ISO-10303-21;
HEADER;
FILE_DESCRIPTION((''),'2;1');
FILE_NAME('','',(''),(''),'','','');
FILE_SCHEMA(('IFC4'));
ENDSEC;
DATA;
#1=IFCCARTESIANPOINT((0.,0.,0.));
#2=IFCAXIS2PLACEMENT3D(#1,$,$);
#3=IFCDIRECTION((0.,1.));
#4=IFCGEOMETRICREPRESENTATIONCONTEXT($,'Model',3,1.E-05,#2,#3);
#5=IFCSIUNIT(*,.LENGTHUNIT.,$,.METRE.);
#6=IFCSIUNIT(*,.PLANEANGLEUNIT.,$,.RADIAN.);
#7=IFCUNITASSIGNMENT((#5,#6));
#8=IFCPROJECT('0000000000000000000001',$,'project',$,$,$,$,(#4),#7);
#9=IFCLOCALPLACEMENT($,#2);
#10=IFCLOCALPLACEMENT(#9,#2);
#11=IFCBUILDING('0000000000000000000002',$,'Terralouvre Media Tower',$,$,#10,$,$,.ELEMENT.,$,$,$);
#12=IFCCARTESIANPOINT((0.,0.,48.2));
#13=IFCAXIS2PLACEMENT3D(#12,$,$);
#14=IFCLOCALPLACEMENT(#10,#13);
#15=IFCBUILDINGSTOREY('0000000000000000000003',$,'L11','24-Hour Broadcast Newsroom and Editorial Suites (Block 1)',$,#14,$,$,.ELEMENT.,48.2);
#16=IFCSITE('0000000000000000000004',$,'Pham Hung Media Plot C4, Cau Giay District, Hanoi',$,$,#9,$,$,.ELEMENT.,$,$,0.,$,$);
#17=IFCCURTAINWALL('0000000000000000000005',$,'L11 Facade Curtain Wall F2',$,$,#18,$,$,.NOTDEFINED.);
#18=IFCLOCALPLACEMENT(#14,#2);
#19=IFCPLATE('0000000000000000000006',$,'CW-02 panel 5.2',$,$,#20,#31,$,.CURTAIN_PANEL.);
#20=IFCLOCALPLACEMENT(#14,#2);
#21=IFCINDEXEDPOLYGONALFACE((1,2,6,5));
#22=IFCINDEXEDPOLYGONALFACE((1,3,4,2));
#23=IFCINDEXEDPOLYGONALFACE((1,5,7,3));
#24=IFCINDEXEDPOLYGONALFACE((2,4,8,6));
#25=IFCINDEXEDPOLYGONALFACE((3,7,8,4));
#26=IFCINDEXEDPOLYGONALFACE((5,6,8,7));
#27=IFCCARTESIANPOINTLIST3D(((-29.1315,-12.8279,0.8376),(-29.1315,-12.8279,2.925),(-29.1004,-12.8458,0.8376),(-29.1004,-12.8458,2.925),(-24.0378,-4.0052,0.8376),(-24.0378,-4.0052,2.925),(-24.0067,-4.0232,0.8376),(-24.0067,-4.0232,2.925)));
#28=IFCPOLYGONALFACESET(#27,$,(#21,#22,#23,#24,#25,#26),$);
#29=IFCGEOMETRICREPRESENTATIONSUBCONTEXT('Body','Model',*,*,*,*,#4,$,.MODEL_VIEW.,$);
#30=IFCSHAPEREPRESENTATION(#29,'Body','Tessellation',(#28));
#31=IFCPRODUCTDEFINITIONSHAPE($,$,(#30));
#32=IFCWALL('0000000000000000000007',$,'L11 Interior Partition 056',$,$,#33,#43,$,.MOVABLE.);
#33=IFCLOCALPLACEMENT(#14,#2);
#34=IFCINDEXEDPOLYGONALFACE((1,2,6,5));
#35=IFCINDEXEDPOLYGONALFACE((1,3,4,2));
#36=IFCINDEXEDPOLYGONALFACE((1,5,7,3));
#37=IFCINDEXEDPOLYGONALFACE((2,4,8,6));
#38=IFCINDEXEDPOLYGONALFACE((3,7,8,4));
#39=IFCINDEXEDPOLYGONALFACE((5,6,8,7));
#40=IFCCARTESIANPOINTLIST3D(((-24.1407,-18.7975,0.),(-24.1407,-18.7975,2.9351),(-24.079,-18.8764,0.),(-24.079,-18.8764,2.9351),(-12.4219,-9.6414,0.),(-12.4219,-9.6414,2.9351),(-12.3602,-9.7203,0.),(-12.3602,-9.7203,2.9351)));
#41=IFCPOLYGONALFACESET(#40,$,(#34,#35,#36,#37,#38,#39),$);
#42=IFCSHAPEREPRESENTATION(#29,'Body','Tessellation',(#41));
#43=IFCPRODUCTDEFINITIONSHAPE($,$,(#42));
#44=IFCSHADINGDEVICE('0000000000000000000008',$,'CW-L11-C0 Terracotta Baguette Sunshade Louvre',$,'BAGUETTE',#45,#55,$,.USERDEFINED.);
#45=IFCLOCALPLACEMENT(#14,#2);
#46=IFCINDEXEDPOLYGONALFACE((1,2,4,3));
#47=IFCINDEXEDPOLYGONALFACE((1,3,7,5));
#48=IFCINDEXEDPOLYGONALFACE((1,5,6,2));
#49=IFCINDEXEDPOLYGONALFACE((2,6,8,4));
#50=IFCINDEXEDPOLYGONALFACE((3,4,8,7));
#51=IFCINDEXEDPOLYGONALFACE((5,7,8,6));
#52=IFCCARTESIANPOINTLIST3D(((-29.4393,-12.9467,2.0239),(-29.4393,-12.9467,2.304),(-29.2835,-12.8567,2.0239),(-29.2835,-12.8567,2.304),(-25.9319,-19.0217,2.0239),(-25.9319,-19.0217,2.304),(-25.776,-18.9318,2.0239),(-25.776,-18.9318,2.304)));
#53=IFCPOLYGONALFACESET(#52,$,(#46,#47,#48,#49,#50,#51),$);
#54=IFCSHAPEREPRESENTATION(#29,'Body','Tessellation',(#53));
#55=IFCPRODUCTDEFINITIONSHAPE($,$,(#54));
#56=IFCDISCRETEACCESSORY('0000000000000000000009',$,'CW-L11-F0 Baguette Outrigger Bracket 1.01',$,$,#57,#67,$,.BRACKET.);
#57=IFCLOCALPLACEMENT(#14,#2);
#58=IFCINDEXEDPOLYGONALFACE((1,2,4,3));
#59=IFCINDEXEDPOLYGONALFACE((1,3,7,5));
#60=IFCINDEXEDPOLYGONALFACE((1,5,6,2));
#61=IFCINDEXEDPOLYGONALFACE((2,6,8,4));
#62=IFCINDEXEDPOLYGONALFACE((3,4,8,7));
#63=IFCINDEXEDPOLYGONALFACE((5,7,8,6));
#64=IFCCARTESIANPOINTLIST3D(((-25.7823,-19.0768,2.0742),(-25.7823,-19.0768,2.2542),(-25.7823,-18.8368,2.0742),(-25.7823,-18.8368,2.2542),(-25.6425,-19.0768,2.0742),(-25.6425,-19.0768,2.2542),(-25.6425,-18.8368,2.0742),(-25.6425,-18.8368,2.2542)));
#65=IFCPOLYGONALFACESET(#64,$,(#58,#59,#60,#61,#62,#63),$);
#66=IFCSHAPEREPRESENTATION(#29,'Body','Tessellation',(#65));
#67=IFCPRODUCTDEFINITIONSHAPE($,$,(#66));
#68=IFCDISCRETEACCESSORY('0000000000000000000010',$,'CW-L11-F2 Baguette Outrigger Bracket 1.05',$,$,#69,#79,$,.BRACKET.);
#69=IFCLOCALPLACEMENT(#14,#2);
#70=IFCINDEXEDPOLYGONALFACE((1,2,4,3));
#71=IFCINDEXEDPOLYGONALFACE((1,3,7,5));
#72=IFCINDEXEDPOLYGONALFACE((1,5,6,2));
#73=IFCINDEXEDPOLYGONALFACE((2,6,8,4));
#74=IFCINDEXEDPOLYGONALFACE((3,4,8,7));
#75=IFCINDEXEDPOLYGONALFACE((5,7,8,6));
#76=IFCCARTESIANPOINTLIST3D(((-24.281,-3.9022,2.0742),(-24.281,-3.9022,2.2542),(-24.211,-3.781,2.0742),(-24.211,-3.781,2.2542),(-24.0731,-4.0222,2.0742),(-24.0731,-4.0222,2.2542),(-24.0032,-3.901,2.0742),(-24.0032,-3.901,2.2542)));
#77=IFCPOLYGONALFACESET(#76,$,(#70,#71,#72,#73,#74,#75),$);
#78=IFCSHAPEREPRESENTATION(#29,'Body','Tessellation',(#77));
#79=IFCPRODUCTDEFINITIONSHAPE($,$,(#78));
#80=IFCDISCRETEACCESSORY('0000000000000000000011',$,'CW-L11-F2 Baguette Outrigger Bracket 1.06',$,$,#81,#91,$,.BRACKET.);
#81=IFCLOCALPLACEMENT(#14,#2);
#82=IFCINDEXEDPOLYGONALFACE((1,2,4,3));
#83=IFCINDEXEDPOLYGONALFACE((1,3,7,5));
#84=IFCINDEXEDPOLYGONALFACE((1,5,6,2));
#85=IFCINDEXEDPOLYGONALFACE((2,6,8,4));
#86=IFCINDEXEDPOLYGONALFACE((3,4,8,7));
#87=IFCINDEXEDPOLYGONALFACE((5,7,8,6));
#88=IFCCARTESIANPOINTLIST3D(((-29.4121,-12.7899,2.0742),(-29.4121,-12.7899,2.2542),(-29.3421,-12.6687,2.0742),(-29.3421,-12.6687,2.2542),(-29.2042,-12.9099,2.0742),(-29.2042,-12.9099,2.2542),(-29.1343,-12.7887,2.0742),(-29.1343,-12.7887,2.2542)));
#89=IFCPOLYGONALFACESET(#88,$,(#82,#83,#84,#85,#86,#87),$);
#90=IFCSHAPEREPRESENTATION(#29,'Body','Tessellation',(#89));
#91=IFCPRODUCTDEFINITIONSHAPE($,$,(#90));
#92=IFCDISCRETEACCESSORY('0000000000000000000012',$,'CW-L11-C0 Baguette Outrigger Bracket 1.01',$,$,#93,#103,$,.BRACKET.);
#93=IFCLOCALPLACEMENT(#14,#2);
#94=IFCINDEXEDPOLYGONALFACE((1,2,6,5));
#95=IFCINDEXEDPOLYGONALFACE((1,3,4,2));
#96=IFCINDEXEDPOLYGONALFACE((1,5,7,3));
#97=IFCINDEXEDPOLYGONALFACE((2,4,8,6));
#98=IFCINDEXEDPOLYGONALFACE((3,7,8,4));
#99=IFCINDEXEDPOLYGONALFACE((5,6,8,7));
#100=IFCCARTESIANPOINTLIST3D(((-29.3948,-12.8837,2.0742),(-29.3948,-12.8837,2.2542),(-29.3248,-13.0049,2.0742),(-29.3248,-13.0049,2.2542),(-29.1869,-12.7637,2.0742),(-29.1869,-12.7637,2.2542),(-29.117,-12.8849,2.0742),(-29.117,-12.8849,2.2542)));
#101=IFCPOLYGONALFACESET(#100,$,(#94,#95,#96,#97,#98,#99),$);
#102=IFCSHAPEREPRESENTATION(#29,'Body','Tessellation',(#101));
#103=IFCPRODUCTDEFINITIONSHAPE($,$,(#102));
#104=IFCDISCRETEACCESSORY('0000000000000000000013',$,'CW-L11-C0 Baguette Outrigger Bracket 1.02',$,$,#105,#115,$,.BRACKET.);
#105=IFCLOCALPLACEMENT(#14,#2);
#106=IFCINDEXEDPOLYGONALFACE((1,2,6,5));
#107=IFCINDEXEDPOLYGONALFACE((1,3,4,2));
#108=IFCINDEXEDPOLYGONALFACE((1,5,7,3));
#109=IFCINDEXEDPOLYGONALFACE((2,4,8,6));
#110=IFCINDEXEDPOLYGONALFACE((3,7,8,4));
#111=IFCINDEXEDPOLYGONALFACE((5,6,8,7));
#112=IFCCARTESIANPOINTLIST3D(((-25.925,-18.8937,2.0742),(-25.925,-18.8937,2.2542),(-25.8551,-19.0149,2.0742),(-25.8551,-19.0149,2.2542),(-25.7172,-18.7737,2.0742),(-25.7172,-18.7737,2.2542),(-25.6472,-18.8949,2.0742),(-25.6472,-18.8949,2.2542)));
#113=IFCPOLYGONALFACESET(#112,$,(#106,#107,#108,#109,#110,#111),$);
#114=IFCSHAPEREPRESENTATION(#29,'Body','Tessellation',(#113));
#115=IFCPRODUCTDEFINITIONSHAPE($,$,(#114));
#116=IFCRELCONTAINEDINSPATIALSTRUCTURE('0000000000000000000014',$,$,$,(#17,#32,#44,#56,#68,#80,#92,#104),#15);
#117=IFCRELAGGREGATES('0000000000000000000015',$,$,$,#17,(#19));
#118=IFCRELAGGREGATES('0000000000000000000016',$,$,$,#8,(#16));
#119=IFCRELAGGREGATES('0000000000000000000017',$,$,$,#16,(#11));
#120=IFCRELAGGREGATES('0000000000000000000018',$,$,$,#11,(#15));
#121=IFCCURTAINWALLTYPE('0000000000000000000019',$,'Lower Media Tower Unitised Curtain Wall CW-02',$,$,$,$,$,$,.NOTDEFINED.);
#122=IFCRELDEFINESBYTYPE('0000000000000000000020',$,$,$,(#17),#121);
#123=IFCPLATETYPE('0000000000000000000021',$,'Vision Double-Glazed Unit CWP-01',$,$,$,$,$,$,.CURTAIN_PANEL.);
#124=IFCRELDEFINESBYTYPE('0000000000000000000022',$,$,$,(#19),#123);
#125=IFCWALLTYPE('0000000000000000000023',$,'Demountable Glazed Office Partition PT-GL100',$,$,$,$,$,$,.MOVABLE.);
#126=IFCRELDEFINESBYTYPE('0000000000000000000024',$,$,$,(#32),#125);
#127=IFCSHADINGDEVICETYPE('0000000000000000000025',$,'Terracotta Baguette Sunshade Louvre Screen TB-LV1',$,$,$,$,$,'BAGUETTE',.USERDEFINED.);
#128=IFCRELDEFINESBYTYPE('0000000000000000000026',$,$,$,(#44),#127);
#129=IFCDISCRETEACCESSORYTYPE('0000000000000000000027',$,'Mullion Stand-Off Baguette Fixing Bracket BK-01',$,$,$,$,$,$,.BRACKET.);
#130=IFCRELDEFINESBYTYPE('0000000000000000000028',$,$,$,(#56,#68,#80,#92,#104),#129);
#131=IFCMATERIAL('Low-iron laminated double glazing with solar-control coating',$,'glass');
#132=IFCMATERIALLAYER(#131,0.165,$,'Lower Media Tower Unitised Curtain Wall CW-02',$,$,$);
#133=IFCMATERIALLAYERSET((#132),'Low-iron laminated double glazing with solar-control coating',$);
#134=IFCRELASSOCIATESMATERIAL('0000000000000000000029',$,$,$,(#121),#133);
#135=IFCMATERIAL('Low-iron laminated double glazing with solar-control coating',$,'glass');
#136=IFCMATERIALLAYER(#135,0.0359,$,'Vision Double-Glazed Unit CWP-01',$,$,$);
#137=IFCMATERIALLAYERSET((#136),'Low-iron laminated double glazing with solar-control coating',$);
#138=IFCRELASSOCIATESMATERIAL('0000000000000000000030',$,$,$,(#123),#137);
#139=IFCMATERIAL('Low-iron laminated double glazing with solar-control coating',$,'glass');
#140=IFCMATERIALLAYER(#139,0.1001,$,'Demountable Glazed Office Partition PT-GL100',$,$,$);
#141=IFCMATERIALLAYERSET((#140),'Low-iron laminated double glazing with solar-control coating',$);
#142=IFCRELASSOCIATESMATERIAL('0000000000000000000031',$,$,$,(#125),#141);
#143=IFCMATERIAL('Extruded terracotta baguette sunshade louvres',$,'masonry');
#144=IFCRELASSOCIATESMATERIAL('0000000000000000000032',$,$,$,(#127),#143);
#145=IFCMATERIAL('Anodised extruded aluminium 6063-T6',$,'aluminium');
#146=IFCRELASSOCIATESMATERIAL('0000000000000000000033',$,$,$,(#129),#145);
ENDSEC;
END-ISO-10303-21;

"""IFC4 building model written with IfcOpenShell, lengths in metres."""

from ifc_helpers import new_model, si_unit, direction, frame, frame_2d, origin, origin_2d, place, context, subcontext, project, spatial, rectangle, extrude, material, layer, layer_set, type_object, element, aggregate, save


model = new_model("IFC4")

# Units and contexts
model_context = context("Model", 3, precision=1e-05, world=origin(), true_north=direction((0.0, 1.0)))
body_context = subcontext(model_context, "Body", "Model", "MODEL_VIEW")
ifc_project = project(units=[si_unit("LENGTHUNIT", "METRE"), si_unit("PLANEANGLEUNIT", "RADIAN")], contexts=[model_context])

# Site, building, storey
site_placement = place(None, origin())
site = spatial("IfcSite", under=ifc_project, at=site_placement, Name="Pham Hung Media Plot C4, Cau Giay District, Hanoi", CompositionType="ELEMENT", RefElevation=0.0)
building_placement = place(site_placement, origin())
building = spatial("IfcBuilding", under=site, at=building_placement, Name="Terralouvre Media Tower", CompositionType="ELEMENT")
storey_placement = place(building_placement, frame((0.0, 0.0, 48.2)))
storey = spatial("IfcBuildingStorey", under=building, at=storey_placement, Name="L11", Description="24-Hour Broadcast Newsroom and Editorial Suites (Block 1)", CompositionType="ELEMENT", Elevation=48.2)

# Shared definitions
ifc_material_1 = material(Name="Low-iron laminated double glazing with solar-control coating", Category="glass")
ifc_layer_1 = layer(ifc_material_1, 0.165, Name="Lower Media Tower Unitised Curtain Wall CW-02")
ifc_layer_set_1 = layer_set([ifc_layer_1], Name="Low-iron laminated double glazing with solar-control coating")
curtain_wall_type_1 = type_object("IfcCurtainWallType", Name="Lower Media Tower Unitised Curtain Wall CW-02", PredefinedType="NOTDEFINED", material=ifc_layer_set_1)

# Curtain wall
curtain_wall_1_placement = place(storey_placement, origin())
curtain_wall_1 = element("IfcCurtainWall", 1, at=curtain_wall_1_placement, inside=storey, type_object=curtain_wall_type_1, Name="L11 Facade Curtain Wall F2", PredefinedType="NOTDEFINED")

# Plate
ifc_material_2 = material(Name="Low-iron laminated double glazing with solar-control coating", Category="glass")
ifc_layer_2 = layer(ifc_material_2, 0.0359, Name="Vision Double-Glazed Unit CWP-01")
ifc_layer_set_2 = layer_set([ifc_layer_2], Name="Low-iron laminated double glazing with solar-control coating")
plate_type_1 = type_object("IfcPlateType", Name="Vision Double-Glazed Unit CWP-01", PredefinedType="CURTAIN_PANEL", material=ifc_layer_set_2)
plate_1_placement = place(storey_placement, frame((-26.5691, -8.4255, 0.8376), z_axis=(0.0, 0.0, 1.0), x_axis=(-0.5, -0.866025, 0.0)))
plate_1 = element("IfcPlate", 2, at=plate_1_placement, type_object=plate_type_1, Name="CW-02 panel 5.2", PredefinedType="CURTAIN_PANEL", context=body_context, shape_type="SweptSolid", body=[
    extrude(rectangle(XDim=10.1875, YDim=0.0359, at=origin_2d()), origin(), (0.0, 0.0, 1.0), 2.0874),
])
aggregate(curtain_wall_1, [plate_1])

# Wall
ifc_material_3 = material(Name="Low-iron laminated double glazing with solar-control coating", Category="glass")
ifc_layer_3 = layer(ifc_material_3, 0.1001, Name="Demountable Glazed Office Partition PT-GL100")
ifc_layer_set_3 = layer_set([ifc_layer_3], Name="Low-iron laminated double glazing with solar-control coating")
wall_type = type_object("IfcWallType", Name="Demountable Glazed Office Partition PT-GL100", PredefinedType="MOVABLE", material=ifc_layer_set_3)
wall_placement = place(storey_placement, frame((-24.1099, -18.8369, 0.0), z_axis=(0.0, 0.0, 1.0), x_axis=(0.788, 0.615675, 0.0)))
element("IfcWall", 3, at=wall_placement, inside=storey, type_object=wall_type, Name="L11 Interior Partition 056", PredefinedType="MOVABLE", context=body_context, shape_type="SweptSolid", body=[
    extrude(rectangle(XDim=14.8716, YDim=0.1001, at=frame_2d((7.4358, 0.0))), origin(), (0.0, 0.0, 1.0), 2.9351),
])

# Shading device
ifc_material_4 = material(Name="Extruded terracotta baguette sunshade louvres", Category="masonry")
shading_device_type = type_object("IfcShadingDeviceType", Name="Terracotta Baguette Sunshade Louvre Screen TB-LV1", ElementType="BAGUETTE", PredefinedType="USERDEFINED", material=ifc_material_4)
shading_device_placement = place(storey_placement, frame((-27.6077, -15.9392, 2.0239), z_axis=(0.0, 0.0, 1.0), x_axis=(0.5, -0.866026, 0.0)))
element("IfcShadingDevice", 4, at=shading_device_placement, inside=storey, type_object=shading_device_type, Name="CW-L11-C0 Terracotta Baguette Sunshade Louvre", ObjectType="BAGUETTE", PredefinedType="USERDEFINED", context=body_context, shape_type="SweptSolid", body=[
    extrude(rectangle(XDim=7.0149, YDim=0.1799, at=origin_2d()), origin(), (0.0, 0.0, 1.0), 0.28),
])

# Discrete accessories
ifc_material_5 = material(Name="Anodised extruded aluminium 6063-T6", Category="aluminium")
discrete_accessory_type = type_object("IfcDiscreteAccessoryType", Name="Mullion Stand-Off Baguette Fixing Bracket BK-01", PredefinedType="BRACKET", material=ifc_material_5)
for number, where, z_axis, x_axis, name in (
    (5, (-25.7124, -18.9568, 2.0742), (0.0, 0.0, 1.0), (1.0, 0.0, 0.0), "CW-L11-F0 Baguette Outrigger Bracket 1.01"),
    (6, (-24.1421, -3.9016, 2.0742), (0.0, 0.0, 1.0), (-0.5, -0.866025, 0.0), "CW-L11-F2 Baguette Outrigger Bracket 1.05"),
    (7, (-29.2732, -12.7893, 2.0742), (0.0, 0.0, 1.0), (-0.5, -0.866025, 0.0), "CW-L11-F2 Baguette Outrigger Bracket 1.06"),
    (8, (-29.2559, -12.8843, 2.0742), (0.0, 0.0, 1.0), (0.5, -0.866026, 0.0), "CW-L11-C0 Baguette Outrigger Bracket 1.01"),
    (9, (-25.7861, -18.8943, 2.0742), (0.0, 0.0, 1.0), (0.5, -0.866026, 0.0), "CW-L11-C0 Baguette Outrigger Bracket 1.02"),
):
    element("IfcDiscreteAccessory", number, at=place(storey_placement, frame(where, z_axis=z_axis, x_axis=x_axis)), inside=storey, type_object=discrete_accessory_type, Name=name, PredefinedType="BRACKET", context=body_context, shape_type="SweptSolid", body=[
        extrude(rectangle(XDim=0.1399, YDim=0.24, at=origin_2d()), origin(), (0.0, 0.0, 1.0), 0.1799),
    ])

save(model, "model.ifc")
